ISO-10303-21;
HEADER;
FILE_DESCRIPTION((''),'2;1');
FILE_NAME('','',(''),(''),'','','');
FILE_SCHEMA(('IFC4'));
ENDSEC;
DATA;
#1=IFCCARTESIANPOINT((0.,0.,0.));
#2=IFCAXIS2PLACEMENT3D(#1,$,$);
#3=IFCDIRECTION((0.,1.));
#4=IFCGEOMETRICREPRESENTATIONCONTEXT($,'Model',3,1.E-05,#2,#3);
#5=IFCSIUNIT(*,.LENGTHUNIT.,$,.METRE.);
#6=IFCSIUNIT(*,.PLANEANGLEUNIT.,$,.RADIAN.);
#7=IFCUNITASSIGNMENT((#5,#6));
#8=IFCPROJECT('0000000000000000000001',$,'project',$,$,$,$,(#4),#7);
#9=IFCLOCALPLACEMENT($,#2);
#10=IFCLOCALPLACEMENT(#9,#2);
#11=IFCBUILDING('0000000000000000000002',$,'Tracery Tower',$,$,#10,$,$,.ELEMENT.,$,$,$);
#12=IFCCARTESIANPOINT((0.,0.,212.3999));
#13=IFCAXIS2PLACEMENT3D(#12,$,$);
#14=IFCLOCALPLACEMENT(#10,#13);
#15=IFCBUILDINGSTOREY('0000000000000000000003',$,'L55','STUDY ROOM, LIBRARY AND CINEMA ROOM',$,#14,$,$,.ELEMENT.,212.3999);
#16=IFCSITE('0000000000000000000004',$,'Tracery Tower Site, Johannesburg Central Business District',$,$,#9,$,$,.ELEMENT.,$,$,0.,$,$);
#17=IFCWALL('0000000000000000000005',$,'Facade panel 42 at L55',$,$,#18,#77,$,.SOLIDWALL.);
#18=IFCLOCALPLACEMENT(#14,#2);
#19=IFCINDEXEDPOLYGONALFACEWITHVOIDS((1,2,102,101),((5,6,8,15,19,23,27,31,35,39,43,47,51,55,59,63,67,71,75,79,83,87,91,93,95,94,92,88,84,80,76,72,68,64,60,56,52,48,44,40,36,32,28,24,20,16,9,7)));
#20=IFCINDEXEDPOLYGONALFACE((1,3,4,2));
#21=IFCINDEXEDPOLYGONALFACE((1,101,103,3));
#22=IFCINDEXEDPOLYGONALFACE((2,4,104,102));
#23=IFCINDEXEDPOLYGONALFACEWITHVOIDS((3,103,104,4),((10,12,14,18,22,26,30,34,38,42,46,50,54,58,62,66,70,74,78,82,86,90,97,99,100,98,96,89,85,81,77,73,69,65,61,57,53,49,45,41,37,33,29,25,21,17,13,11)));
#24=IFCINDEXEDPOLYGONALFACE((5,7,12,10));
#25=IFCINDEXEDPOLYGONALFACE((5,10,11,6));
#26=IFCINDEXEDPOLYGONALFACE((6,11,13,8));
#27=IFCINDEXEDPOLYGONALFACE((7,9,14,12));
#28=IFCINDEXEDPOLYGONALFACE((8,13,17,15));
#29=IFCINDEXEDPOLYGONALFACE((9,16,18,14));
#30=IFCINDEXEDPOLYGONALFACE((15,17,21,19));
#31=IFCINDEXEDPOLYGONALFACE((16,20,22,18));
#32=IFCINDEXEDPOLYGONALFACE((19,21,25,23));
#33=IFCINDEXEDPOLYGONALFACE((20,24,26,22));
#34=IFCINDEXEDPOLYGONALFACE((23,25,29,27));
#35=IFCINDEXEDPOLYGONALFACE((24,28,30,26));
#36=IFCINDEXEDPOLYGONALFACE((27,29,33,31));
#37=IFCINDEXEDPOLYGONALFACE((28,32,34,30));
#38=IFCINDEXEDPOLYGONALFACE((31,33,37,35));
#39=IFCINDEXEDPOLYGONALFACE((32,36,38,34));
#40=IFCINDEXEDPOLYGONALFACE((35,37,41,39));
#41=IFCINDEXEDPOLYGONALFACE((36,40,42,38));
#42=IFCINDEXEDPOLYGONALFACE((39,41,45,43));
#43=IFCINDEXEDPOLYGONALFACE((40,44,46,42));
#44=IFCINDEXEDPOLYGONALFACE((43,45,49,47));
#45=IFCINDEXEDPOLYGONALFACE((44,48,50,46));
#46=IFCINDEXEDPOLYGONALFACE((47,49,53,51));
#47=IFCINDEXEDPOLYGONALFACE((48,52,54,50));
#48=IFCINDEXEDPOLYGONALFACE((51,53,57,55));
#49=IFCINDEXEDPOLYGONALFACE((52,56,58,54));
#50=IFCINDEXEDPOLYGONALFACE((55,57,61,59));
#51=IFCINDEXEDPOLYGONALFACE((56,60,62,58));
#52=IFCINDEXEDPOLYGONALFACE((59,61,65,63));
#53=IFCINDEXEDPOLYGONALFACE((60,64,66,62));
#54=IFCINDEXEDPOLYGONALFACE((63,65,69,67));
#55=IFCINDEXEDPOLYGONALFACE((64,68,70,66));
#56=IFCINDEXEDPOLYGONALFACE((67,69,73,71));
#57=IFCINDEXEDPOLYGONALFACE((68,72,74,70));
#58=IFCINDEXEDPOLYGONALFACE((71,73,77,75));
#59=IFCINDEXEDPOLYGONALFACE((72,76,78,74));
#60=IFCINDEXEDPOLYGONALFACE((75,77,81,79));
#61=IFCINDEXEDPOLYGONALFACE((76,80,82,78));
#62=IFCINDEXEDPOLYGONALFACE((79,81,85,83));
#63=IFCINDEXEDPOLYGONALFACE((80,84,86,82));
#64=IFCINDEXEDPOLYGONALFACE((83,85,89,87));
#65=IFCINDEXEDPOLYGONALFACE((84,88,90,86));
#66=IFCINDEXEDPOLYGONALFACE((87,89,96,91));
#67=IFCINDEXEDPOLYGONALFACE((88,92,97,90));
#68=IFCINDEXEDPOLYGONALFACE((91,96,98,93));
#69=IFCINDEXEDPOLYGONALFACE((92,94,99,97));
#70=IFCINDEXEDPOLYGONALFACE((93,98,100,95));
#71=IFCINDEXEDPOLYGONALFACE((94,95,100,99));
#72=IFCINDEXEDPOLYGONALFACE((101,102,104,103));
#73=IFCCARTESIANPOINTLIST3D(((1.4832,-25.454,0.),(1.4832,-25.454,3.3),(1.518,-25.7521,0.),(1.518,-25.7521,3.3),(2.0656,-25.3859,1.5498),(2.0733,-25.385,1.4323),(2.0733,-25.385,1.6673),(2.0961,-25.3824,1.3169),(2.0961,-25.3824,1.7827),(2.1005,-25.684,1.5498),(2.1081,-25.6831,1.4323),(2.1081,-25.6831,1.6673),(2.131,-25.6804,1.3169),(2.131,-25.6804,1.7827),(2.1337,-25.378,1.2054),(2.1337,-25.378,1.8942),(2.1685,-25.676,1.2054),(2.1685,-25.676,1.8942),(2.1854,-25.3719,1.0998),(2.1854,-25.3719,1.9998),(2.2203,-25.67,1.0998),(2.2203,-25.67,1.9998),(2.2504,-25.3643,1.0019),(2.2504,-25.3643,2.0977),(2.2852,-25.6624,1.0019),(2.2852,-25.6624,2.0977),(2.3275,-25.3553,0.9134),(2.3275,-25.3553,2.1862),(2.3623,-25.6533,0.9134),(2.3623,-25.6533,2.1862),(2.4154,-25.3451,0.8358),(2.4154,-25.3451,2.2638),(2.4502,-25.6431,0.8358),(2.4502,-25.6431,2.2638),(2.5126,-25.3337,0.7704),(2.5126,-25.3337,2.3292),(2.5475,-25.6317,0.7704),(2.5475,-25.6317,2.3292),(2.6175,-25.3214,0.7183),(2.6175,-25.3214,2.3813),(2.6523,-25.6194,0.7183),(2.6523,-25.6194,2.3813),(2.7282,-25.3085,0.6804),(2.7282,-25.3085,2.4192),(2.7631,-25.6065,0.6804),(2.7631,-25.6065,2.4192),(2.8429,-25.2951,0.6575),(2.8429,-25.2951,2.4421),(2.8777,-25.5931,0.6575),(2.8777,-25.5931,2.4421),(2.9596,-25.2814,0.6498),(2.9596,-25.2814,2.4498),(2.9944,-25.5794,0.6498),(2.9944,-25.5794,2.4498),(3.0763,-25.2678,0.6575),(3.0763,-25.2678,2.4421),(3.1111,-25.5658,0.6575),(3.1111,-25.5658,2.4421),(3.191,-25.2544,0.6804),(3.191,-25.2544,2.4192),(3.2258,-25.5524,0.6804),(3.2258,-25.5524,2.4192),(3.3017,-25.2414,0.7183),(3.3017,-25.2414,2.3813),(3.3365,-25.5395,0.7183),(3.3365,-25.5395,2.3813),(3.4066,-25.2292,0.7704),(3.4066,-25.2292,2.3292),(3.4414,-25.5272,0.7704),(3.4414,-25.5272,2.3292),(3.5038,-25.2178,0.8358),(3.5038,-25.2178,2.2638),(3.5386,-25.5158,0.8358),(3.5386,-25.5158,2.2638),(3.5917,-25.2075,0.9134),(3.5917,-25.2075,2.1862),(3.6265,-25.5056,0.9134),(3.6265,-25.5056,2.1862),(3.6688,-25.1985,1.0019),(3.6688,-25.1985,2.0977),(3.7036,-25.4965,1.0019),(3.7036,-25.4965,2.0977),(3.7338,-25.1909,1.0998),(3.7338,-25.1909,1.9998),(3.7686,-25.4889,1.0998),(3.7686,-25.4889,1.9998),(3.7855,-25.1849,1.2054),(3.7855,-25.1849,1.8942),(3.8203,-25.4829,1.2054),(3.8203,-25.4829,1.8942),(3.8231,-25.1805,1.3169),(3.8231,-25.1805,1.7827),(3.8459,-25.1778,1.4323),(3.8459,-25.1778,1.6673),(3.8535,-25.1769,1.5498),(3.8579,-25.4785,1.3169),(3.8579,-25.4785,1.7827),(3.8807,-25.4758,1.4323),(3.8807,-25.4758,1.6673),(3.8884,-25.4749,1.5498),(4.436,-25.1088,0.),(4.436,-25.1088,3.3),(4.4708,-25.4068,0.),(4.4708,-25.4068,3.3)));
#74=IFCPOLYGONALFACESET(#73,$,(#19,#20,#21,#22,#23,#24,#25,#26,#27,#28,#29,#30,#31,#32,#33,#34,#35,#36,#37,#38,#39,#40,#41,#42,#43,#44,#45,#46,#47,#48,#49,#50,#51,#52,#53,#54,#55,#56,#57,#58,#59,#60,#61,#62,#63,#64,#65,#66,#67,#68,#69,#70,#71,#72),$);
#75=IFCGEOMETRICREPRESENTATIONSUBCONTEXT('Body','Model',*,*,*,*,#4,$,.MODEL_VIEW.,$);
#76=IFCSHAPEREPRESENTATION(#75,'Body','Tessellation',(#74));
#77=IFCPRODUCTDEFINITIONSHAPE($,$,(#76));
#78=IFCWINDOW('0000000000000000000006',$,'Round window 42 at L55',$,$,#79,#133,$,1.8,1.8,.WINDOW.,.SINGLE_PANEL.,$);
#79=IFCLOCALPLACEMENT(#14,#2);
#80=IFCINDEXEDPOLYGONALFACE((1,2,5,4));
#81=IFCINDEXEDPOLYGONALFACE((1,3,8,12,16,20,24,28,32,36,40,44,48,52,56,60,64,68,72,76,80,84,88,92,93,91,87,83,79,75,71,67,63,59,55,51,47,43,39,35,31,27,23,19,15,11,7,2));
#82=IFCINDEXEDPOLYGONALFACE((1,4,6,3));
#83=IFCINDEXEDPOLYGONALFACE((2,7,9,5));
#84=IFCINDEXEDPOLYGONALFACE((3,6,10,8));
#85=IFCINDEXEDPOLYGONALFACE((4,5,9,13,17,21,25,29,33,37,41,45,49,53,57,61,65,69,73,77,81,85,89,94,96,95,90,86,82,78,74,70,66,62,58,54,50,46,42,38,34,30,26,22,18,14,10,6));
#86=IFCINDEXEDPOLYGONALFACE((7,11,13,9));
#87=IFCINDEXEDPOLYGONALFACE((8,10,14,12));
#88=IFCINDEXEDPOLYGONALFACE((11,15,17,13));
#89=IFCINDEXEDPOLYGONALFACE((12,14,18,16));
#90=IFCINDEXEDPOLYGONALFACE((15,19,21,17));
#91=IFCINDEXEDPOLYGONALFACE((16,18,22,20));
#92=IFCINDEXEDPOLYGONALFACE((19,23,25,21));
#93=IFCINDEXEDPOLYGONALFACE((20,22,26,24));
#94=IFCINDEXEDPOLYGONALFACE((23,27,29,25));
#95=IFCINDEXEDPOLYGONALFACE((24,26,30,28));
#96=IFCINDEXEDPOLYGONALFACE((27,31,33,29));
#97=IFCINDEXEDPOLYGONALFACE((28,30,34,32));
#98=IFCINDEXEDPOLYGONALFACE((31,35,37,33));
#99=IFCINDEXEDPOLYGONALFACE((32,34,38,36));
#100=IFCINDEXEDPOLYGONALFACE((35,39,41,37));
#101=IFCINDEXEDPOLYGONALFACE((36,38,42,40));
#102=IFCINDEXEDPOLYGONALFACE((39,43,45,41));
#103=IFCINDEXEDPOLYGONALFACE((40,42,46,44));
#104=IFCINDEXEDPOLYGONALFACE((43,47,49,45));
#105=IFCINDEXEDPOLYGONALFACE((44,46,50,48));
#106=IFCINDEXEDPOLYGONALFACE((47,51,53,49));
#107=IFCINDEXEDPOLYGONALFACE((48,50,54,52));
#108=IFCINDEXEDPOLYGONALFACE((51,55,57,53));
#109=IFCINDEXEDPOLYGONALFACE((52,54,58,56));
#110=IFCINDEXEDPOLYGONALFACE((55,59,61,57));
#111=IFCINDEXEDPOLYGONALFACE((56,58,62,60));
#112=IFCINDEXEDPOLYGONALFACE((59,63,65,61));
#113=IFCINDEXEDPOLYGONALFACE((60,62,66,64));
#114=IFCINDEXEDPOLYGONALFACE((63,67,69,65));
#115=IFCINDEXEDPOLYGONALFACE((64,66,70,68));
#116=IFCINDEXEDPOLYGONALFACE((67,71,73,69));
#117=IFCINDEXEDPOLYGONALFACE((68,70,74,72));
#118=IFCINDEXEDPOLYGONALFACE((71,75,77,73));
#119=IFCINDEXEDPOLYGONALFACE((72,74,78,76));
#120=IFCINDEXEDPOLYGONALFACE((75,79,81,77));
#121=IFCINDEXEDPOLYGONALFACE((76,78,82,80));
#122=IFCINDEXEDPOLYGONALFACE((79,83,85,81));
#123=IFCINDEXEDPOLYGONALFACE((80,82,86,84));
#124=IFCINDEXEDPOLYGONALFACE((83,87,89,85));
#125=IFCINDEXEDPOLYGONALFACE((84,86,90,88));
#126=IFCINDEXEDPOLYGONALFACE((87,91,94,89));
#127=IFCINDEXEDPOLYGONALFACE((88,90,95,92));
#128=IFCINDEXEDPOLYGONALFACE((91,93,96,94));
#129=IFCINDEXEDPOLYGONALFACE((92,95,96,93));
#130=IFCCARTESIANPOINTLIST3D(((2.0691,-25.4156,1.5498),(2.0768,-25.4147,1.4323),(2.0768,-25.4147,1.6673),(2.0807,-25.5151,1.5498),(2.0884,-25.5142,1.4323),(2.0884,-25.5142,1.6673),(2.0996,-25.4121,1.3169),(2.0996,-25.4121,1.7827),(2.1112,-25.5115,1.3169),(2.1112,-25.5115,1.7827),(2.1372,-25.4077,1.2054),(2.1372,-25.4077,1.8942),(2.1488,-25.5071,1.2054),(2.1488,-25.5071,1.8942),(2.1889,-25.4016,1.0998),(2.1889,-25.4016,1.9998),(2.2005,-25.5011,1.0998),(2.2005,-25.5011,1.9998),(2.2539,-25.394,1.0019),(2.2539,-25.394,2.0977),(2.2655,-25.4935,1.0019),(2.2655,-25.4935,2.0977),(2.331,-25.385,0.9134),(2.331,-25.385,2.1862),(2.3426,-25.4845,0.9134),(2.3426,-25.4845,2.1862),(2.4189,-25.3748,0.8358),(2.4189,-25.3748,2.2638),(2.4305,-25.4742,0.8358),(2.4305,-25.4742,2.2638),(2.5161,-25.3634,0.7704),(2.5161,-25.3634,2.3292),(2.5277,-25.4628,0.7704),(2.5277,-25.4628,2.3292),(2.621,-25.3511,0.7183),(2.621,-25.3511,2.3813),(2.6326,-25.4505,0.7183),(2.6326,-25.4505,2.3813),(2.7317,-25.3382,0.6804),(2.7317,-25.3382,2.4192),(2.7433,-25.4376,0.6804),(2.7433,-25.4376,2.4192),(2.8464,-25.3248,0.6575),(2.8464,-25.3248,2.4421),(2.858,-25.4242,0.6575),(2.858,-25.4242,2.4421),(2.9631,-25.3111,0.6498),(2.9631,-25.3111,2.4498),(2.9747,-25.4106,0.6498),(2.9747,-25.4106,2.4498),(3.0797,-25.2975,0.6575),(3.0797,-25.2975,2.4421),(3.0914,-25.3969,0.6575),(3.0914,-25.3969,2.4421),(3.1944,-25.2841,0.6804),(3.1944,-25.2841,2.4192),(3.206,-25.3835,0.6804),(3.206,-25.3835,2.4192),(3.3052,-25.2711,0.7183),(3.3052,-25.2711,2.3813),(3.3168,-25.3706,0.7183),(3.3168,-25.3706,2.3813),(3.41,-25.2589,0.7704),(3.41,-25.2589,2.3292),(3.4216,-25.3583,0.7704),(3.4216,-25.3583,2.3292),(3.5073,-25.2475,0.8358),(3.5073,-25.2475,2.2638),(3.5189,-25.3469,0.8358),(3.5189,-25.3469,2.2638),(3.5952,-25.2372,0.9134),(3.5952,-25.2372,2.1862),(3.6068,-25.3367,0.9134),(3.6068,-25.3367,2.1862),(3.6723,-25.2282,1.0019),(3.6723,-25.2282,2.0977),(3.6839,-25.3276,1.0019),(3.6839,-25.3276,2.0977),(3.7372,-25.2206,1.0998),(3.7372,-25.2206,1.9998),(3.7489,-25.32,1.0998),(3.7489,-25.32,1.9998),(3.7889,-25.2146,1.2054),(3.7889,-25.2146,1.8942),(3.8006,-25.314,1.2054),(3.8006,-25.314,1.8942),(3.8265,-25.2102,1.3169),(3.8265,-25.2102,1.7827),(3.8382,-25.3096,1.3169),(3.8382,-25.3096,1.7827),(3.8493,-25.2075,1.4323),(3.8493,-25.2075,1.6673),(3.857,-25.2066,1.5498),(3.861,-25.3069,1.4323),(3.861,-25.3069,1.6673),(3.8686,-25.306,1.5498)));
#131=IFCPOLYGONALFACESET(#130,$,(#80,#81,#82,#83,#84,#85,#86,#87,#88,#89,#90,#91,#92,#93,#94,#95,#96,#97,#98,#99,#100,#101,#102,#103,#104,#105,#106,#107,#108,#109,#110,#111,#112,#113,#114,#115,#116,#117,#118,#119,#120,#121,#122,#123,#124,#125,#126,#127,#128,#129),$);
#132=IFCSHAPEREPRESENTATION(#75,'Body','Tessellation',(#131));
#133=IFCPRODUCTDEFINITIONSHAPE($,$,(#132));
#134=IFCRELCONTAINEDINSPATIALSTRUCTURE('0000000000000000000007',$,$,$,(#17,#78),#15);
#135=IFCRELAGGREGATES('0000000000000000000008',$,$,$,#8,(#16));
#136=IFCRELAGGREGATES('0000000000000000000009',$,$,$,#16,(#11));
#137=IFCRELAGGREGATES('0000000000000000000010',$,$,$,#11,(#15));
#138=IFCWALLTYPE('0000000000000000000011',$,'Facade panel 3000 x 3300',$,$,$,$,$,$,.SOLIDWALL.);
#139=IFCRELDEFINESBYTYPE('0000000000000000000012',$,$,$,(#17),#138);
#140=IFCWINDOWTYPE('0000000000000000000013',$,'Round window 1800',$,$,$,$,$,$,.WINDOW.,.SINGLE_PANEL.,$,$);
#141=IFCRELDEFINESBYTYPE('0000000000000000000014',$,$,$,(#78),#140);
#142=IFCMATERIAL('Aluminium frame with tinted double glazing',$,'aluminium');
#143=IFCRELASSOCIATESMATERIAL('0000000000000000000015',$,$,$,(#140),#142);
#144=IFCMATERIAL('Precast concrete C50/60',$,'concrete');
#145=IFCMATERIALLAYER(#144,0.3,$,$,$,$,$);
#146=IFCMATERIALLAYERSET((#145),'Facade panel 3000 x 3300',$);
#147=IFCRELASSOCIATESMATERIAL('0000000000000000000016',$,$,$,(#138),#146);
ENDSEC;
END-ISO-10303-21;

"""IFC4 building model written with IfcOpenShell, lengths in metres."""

from ifc_helpers import new_model, si_unit, direction, frame, frame_2d, origin, origin_2d, place, context, subcontext, project, spatial, rectangle, circle, extrude, material, layer, layer_set, type_object, element, fill, save


model = new_model("IFC4")

# Units and contexts
model_context = context("Model", 3, precision=1e-05, world=origin(), true_north=direction((0.0, 1.0)))
body_context = subcontext(model_context, "Body", "Model", "MODEL_VIEW")
ifc_project = project(units=[si_unit("LENGTHUNIT", "METRE"), si_unit("PLANEANGLEUNIT", "RADIAN")], contexts=[model_context])

# Site, building, storey
site_placement = place(None, origin())
site = spatial("IfcSite", under=ifc_project, at=site_placement, Name="Tracery Tower Site, Johannesburg Central Business District", CompositionType="ELEMENT", RefElevation=0.0)
building_placement = place(site_placement, origin())
building = spatial("IfcBuilding", under=site, at=building_placement, Name="Tracery Tower", CompositionType="ELEMENT")
storey_placement = place(building_placement, frame((0.0, 0.0, 212.3999)))
storey = spatial("IfcBuildingStorey", under=building, at=storey_placement, Name="L55", Description="STUDY ROOM, LIBRARY AND CINEMA ROOM", CompositionType="ELEMENT", Elevation=212.3999)

# Wall, opening, window
ifc_material_1 = material(Name="Aluminium frame with tinted double glazing", Category="aluminium")
window_type = type_object("IfcWindowType", Name="Round window 1800", PartitioningType="SINGLE_PANEL", PredefinedType="WINDOW", material=ifc_material_1)
ifc_material_2 = material(Name="Precast concrete C50/60", Category="concrete")
ifc_layer_1 = layer(ifc_material_2, 0.3)
ifc_layer_set_1 = layer_set([ifc_layer_1], Name="Facade panel 3000 x 3300")
wall_type_1 = type_object("IfcWallType", Name="Facade panel 3000 x 3300", PredefinedType="SOLIDWALL", material=ifc_layer_set_1)
wall_1_placement = place(storey_placement, frame((1.5007, -25.603, 0.0), z_axis=(0.0, 0.0, 1.0), x_axis=(0.993236, 0.116117, 0.0)))
wall_1 = element("IfcWall", 1, at=wall_1_placement, inside=storey, type_object=wall_type_1, Name="Facade panel 42 at L55", PredefinedType="SOLIDWALL", context=body_context, shape_type="SweptSolid", body=[
    extrude(rectangle(XDim=2.9729, YDim=0.3, at=frame_2d((1.4863, 0.0))), origin(), (0.0, 0.0, 1.0), 3.3),
])
opening_1_placement = place(wall_1_placement, frame((1.4863, 0.0, 1.5498)))
opening_1 = element("IfcOpeningElement", 2, at=opening_1_placement, cuts=wall_1, PredefinedType="OPENING", context=body_context, shape_type="SweptSolid", body=[
    extrude(circle(Radius=0.9, at=origin_2d()), frame((0.0, 0.1599, 0.0), z_axis=(0.0, -1.0, 0.0), x_axis=(1.0, 0.0, 0.0)), (0.0, 0.0, 1.0), 0.3201),
])
window_1_placement = place(opening_1_placement, origin())
window_1 = element("IfcWindow", 3, at=window_1_placement, inside=storey, type_object=window_type, Name="Round window 42 at L55", OverallHeight=1.8, OverallWidth=1.8, PartitioningType="SINGLE_PANEL", PredefinedType="WINDOW", context=body_context, shape_type="SweptSolid", body=[
    extrude(circle(Radius=0.9, at=origin_2d()), frame((0.0, 0.1201, 0.0), z_axis=(0.0, -1.0, 0.0), x_axis=(1.0, 0.0, 0.0)), (0.0, 0.0, 1.0), 0.1001),
])
fill(opening_1, window_1)

save(model, "model.ifc")
